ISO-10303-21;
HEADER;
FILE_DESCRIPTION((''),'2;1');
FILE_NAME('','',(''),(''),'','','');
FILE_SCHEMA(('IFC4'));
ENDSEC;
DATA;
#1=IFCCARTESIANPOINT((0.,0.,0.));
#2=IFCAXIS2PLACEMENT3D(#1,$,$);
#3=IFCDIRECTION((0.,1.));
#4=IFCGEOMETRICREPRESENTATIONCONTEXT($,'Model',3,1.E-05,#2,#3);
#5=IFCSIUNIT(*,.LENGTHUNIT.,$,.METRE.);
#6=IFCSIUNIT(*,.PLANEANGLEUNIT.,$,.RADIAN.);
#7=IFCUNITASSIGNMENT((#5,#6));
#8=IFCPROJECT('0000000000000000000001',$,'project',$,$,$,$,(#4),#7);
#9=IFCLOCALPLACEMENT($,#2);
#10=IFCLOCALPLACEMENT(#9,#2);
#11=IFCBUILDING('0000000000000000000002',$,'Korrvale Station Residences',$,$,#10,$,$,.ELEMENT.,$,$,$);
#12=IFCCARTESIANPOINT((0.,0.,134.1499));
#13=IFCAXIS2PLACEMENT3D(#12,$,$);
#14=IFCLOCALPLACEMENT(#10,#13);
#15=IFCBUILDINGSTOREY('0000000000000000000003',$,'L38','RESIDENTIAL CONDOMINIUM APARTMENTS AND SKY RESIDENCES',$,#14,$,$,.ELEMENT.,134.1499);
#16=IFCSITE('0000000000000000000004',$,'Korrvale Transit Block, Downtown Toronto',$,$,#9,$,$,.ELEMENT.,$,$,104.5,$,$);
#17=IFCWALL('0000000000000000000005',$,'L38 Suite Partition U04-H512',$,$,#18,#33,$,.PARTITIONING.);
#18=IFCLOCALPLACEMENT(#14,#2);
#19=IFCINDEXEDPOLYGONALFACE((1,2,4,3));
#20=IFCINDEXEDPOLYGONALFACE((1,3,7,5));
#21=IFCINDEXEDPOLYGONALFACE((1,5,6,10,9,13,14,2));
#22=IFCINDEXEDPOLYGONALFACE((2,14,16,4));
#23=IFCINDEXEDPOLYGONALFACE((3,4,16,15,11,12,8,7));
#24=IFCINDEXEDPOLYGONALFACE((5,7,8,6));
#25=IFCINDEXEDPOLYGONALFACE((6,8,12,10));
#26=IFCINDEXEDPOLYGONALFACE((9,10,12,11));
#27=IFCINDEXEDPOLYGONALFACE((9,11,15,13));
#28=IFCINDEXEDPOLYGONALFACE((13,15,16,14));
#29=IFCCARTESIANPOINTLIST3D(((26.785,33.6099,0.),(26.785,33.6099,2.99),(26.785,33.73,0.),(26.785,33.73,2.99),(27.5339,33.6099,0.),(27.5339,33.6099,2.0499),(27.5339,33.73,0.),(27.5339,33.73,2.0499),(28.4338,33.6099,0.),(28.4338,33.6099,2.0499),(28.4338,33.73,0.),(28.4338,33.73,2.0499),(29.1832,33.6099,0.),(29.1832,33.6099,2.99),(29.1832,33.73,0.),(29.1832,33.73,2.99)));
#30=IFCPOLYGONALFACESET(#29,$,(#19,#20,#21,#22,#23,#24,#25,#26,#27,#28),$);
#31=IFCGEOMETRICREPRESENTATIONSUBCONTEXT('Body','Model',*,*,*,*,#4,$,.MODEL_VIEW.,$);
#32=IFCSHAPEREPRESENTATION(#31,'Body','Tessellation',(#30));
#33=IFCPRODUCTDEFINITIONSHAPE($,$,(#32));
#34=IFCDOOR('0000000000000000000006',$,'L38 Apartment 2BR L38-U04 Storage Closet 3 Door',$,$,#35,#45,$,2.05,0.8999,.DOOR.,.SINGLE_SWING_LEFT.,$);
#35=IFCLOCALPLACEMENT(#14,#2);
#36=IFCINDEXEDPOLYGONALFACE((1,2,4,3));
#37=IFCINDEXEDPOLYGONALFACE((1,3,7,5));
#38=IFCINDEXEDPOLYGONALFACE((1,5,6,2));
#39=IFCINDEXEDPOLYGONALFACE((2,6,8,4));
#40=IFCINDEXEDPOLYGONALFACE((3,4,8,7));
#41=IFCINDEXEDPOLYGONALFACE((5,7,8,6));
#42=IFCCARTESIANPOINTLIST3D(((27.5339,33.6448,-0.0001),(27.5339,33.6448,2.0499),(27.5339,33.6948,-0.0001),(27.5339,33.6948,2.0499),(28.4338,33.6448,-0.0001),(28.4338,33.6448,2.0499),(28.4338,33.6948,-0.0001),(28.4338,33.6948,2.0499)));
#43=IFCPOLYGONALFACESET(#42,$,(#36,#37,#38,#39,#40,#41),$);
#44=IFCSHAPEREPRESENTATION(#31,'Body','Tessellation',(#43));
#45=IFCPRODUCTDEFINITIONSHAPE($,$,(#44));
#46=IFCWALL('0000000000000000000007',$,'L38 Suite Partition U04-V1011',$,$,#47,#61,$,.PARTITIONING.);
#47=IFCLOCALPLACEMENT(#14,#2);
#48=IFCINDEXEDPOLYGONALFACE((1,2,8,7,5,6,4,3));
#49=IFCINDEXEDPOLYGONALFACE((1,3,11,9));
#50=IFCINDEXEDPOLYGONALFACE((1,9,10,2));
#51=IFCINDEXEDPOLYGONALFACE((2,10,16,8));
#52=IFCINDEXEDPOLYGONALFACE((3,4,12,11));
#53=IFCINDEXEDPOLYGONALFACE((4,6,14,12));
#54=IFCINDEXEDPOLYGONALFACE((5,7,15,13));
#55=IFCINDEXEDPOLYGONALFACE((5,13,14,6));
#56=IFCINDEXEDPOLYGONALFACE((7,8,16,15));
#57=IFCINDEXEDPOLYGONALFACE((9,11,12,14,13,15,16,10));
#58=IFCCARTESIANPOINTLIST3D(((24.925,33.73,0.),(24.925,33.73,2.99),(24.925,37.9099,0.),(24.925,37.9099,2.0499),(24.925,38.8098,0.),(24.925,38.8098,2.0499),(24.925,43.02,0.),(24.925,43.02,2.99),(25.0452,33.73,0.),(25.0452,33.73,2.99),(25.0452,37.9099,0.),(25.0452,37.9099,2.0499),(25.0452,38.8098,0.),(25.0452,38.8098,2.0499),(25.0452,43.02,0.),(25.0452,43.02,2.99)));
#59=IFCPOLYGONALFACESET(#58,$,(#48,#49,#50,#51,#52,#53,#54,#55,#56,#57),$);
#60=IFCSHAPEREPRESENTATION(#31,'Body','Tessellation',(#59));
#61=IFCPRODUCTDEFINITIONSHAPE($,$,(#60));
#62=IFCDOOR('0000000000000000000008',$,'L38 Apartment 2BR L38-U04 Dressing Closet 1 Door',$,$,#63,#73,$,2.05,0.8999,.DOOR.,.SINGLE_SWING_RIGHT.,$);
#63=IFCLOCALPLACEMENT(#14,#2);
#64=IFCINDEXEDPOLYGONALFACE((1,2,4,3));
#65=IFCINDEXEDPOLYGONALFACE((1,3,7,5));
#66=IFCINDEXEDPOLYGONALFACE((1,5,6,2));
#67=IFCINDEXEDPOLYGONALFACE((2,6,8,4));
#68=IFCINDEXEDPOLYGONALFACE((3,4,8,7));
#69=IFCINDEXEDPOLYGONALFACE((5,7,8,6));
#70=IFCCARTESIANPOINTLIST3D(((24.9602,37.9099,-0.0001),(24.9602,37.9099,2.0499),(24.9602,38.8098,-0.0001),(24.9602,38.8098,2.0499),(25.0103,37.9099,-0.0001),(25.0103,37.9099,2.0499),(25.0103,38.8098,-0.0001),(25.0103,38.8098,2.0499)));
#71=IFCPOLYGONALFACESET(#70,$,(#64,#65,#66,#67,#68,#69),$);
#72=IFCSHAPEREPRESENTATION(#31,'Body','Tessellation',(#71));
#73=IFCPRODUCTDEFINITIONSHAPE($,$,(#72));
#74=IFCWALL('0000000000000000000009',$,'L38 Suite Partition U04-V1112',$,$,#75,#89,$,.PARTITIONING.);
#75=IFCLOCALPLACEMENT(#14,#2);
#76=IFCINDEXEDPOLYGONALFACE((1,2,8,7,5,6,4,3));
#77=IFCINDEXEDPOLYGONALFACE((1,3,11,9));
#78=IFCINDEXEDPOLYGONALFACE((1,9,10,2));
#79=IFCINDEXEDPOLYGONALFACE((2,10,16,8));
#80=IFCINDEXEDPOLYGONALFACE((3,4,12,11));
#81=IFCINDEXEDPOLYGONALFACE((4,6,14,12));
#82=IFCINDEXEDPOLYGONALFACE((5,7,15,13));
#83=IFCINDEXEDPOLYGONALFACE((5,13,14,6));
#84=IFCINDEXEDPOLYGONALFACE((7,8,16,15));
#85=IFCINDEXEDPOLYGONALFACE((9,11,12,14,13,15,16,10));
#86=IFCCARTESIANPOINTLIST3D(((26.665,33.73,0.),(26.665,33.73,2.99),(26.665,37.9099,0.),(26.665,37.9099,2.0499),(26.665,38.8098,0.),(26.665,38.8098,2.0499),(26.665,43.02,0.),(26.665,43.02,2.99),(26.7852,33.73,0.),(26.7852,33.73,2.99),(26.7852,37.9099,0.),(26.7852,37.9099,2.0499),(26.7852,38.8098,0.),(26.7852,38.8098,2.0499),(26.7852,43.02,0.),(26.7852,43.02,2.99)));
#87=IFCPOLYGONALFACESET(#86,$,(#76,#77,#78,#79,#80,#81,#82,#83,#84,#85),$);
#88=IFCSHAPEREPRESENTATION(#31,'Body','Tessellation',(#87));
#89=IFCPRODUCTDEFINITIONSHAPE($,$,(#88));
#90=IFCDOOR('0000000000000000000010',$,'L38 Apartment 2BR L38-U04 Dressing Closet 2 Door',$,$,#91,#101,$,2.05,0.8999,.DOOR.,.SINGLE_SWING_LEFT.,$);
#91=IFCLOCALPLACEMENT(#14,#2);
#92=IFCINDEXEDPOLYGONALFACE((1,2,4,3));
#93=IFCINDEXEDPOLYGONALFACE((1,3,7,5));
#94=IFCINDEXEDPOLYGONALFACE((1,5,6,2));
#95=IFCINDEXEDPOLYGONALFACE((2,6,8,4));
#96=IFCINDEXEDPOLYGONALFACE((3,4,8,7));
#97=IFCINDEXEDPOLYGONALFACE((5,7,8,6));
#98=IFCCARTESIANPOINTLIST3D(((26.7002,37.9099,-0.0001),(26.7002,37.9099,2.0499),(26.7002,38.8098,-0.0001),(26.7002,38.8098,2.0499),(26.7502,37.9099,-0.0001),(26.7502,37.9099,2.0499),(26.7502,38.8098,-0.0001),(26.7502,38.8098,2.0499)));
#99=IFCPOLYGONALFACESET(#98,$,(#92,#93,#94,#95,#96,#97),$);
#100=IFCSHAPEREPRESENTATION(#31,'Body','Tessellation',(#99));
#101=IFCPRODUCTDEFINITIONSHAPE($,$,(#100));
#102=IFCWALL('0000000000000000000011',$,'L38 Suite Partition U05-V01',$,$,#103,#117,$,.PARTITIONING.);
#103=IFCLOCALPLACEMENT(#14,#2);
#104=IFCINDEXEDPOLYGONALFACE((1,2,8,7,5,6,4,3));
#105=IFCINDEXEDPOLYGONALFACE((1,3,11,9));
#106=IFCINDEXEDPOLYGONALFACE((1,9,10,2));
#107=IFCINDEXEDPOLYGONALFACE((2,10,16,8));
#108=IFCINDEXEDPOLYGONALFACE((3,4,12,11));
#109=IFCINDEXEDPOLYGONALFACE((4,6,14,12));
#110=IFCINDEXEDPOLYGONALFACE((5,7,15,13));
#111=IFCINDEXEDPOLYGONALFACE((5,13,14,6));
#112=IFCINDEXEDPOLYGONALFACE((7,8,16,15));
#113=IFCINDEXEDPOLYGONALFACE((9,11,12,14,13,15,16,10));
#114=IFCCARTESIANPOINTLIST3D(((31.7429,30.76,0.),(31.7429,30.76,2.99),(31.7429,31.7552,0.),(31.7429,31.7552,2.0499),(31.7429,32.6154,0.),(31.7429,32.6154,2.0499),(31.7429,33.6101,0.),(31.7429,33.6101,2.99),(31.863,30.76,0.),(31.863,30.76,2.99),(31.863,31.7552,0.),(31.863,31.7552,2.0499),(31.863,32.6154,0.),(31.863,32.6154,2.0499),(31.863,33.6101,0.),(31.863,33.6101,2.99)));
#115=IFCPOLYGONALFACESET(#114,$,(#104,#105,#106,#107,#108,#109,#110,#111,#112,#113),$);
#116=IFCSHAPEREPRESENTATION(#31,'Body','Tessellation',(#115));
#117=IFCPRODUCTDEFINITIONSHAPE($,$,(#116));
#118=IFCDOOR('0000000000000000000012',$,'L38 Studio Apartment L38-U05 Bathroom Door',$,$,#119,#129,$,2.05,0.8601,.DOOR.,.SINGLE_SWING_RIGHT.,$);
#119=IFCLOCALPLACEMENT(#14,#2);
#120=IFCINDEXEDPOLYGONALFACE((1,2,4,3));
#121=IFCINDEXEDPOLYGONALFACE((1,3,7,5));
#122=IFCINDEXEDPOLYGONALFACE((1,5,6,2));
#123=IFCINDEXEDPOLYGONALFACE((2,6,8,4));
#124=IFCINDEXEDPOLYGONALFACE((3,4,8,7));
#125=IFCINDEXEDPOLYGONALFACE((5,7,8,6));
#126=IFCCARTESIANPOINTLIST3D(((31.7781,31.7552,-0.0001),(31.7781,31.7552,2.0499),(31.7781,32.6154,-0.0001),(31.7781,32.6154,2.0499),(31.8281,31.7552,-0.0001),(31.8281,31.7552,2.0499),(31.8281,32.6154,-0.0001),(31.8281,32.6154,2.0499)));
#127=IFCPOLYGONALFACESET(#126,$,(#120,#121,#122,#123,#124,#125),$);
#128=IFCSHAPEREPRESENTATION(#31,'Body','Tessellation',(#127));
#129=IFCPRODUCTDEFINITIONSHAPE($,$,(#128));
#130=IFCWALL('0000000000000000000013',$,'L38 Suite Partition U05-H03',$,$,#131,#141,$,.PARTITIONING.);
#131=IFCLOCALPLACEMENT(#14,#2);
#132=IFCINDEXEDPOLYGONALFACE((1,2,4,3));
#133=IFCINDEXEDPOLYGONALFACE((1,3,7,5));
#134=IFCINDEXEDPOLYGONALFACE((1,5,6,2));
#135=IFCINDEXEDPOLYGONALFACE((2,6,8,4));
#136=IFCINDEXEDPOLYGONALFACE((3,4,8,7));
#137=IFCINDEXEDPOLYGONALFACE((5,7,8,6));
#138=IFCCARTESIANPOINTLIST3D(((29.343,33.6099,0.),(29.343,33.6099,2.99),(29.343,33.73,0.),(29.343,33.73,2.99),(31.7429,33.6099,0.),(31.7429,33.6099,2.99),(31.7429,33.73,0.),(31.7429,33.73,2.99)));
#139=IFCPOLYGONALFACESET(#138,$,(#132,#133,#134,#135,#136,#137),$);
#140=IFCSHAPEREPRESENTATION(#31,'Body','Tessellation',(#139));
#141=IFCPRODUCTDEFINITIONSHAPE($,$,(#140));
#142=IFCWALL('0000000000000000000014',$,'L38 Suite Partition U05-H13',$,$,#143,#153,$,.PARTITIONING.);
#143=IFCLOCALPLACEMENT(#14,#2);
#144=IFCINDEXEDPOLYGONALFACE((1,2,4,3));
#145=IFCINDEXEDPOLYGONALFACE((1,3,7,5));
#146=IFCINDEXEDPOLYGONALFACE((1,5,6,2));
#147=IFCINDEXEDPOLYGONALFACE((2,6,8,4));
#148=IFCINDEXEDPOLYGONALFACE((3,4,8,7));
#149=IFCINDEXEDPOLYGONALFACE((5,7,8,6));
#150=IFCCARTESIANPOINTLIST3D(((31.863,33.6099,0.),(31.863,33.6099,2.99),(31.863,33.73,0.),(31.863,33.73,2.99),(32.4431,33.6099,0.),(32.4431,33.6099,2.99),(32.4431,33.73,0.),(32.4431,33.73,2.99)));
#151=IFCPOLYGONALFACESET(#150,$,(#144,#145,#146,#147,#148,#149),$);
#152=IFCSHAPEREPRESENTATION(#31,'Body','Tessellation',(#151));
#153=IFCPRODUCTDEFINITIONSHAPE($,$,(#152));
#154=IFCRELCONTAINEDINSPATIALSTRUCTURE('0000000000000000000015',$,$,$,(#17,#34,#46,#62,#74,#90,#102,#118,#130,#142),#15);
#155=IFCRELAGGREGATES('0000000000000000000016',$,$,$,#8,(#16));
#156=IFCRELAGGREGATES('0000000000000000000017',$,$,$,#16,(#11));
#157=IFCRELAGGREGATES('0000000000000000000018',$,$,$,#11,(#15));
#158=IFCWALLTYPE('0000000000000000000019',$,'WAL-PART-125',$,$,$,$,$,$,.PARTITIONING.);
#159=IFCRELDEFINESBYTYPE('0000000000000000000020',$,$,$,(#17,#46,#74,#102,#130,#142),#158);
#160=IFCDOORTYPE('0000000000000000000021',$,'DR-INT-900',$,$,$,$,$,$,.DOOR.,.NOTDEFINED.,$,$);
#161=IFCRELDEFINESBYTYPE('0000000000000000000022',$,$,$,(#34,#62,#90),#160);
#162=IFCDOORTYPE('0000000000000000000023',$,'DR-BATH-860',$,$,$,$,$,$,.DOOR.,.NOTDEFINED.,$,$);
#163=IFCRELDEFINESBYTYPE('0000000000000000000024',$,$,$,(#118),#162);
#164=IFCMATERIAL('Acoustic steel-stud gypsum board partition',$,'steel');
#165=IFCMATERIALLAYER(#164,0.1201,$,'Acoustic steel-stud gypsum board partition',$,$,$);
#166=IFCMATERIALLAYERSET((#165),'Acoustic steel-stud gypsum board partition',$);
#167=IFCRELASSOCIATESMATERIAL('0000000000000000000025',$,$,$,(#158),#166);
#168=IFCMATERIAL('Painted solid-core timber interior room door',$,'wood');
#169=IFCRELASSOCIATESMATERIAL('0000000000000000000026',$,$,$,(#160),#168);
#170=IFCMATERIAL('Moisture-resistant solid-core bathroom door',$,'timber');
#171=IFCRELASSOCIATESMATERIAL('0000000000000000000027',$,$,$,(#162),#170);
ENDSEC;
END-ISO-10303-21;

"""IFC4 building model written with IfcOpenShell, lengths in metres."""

from ifc_helpers import new_model, si_unit, direction, frame, frame_2d, origin, place, context, subcontext, project, spatial, rectangle, extrude, material, layer, layer_set, type_object, element, fill, save


model = new_model("IFC4")

# Units and contexts
model_context = context("Model", 3, precision=1e-05, world=origin(), true_north=direction((0.0, 1.0)))
body_context = subcontext(model_context, "Body", "Model", "MODEL_VIEW")
ifc_project = project(units=[si_unit("LENGTHUNIT", "METRE"), si_unit("PLANEANGLEUNIT", "RADIAN")], contexts=[model_context])

# Site, building, storey
site_placement = place(None, origin())
site = spatial("IfcSite", under=ifc_project, at=site_placement, Name="Korrvale Transit Block, Downtown Toronto", CompositionType="ELEMENT", RefElevation=104.5)
building_placement = place(site_placement, origin())
building = spatial("IfcBuilding", under=site, at=building_placement, Name="Korrvale Station Residences", CompositionType="ELEMENT")
storey_placement = place(building_placement, frame((0.0, 0.0, 134.1499)))
storey = spatial("IfcBuildingStorey", under=building, at=storey_placement, Name="L38", Description="RESIDENTIAL CONDOMINIUM APARTMENTS AND SKY RESIDENCES", CompositionType="ELEMENT", Elevation=134.1499)

# Shared definitions
ifc_material_1 = material(Name="Acoustic steel-stud gypsum board partition", Category="steel")
ifc_layer_1 = layer(ifc_material_1, 0.1201, Name="Acoustic steel-stud gypsum board partition")
ifc_layer_set_1 = layer_set([ifc_layer_1], Name="Acoustic steel-stud gypsum board partition")
wall_type_1 = type_object("IfcWallType", Name="WAL-PART-125", PredefinedType="PARTITIONING", material=ifc_layer_set_1)

# Walls, openings, doors
wall_1_placement = place(storey_placement, frame((26.7849, 33.6699, 0.0), z_axis=(0.0, 0.0, 1.0), x_axis=(1.0, 0.0, 0.0)))
wall_1 = element("IfcWall", 1, at=wall_1_placement, inside=storey, type_object=wall_type_1, Name="L38 Suite Partition U04-H512", PredefinedType="PARTITIONING", context=body_context, shape_type="SweptSolid", body=[
    extrude(rectangle(XDim=2.3982, YDim=0.1201, at=frame_2d((1.1992, 0.0))), origin(), (0.0, 0.0, 1.0), 2.99),
])
opening_1_placement = place(wall_1_placement, frame((0.749, 0.0, 0.0)))
opening_1 = element("IfcOpeningElement", 2, at=opening_1_placement, cuts=wall_1, PredefinedType="OPENING", context=body_context, shape_type="SweptSolid", body=[
    extrude(rectangle(XDim=0.8999, YDim=2.05, at=frame_2d((0.45, 1.0249))), frame((0.0, 0.0701, 0.0), z_axis=(0.0, -1.0, 0.0), x_axis=(1.0, 0.0, 0.0)), (0.0, 0.0, 1.0), 0.1401),
])
ifc_material_2 = material(Name="Painted solid-core timber interior room door", Category="wood")
door_type_1 = type_object("IfcDoorType", Name="DR-INT-900", OperationType="NOTDEFINED", PredefinedType="DOOR", material=ifc_material_2)
door_1_placement = place(opening_1_placement, origin())
door_1 = element("IfcDoor", 3, at=door_1_placement, inside=storey, type_object=door_type_1, Name="L38 Apartment 2BR L38-U04 Storage Closet 3 Door", OperationType="SINGLE_SWING_LEFT", OverallHeight=2.05, OverallWidth=0.8999, PredefinedType="DOOR", context=body_context, shape_type="SweptSolid", body=[
    extrude(rectangle(XDim=0.8999, YDim=2.05, at=frame_2d((0.45, 1.0249))), frame((0.0, 0.0249, 0.0), z_axis=(0.0, -1.0, 0.0), x_axis=(1.0, 0.0, 0.0)), (0.0, 0.0, 1.0), 0.05),
])
fill(opening_1, door_1)
wall_2_placement = place(storey_placement, frame((24.9851, 33.73, 0.0), z_axis=(0.0, 0.0, 1.0), x_axis=(0.0, 1.0, 0.0)))
wall_2 = element("IfcWall", 4, at=wall_2_placement, inside=storey, type_object=wall_type_1, Name="L38 Suite Partition U04-V1011", PredefinedType="PARTITIONING", context=body_context, shape_type="SweptSolid", body=[
    extrude(rectangle(XDim=9.29, YDim=0.1201, at=frame_2d((4.645, 0.0))), origin(), (0.0, 0.0, 1.0), 2.99),
])
opening_2_placement = place(wall_2_placement, frame((4.1799, 0.0, 0.0)))
opening_2 = element("IfcOpeningElement", 5, at=opening_2_placement, cuts=wall_2, PredefinedType="OPENING", context=body_context, shape_type="SweptSolid", body=[
    extrude(rectangle(XDim=0.8999, YDim=2.05, at=frame_2d((0.45, 1.0249))), frame((0.0, 0.0701, 0.0), z_axis=(0.0, -1.0, 0.0), x_axis=(1.0, 0.0, 0.0)), (0.0, 0.0, 1.0), 0.1401),
])
door_2_placement = place(opening_2_placement, origin())
door_2 = element("IfcDoor", 6, at=door_2_placement, inside=storey, type_object=door_type_1, Name="L38 Apartment 2BR L38-U04 Dressing Closet 1 Door", OperationType="SINGLE_SWING_RIGHT", OverallHeight=2.05, OverallWidth=0.8999, PredefinedType="DOOR", context=body_context, shape_type="SweptSolid", body=[
    extrude(rectangle(XDim=0.8999, YDim=2.05, at=frame_2d((0.45, 1.0249))), frame((0.0, 0.0249, 0.0), z_axis=(0.0, -1.0, 0.0), x_axis=(1.0, 0.0, 0.0)), (0.0, 0.0, 1.0), 0.05),
])
fill(opening_2, door_2)
wall_3_placement = place(storey_placement, frame((26.7251, 33.73, 0.0), z_axis=(0.0, 0.0, 1.0), x_axis=(0.0, 1.0, 0.0)))
wall_3 = element("IfcWall", 7, at=wall_3_placement, inside=storey, type_object=wall_type_1, Name="L38 Suite Partition U04-V1112", PredefinedType="PARTITIONING", context=body_context, shape_type="SweptSolid", body=[
    extrude(rectangle(XDim=9.29, YDim=0.1201, at=frame_2d((4.645, 0.0))), origin(), (0.0, 0.0, 1.0), 2.99),
])
opening_3_placement = place(wall_3_placement, frame((4.1799, 0.0, 0.0)))
opening_3 = element("IfcOpeningElement", 8, at=opening_3_placement, cuts=wall_3, PredefinedType="OPENING", context=body_context, shape_type="SweptSolid", body=[
    extrude(rectangle(XDim=0.8999, YDim=2.05, at=frame_2d((0.45, 1.0249))), frame((0.0, 0.0701, 0.0), z_axis=(0.0, -1.0, 0.0), x_axis=(1.0, 0.0, 0.0)), (0.0, 0.0, 1.0), 0.1401),
])
door_3_placement = place(opening_3_placement, origin())
door_3 = element("IfcDoor", 9, at=door_3_placement, inside=storey, type_object=door_type_1, Name="L38 Apartment 2BR L38-U04 Dressing Closet 2 Door", OperationType="SINGLE_SWING_LEFT", OverallHeight=2.05, OverallWidth=0.8999, PredefinedType="DOOR", context=body_context, shape_type="SweptSolid", body=[
    extrude(rectangle(XDim=0.8999, YDim=2.05, at=frame_2d((0.45, 1.0249))), frame((0.0, 0.0249, 0.0), z_axis=(0.0, -1.0, 0.0), x_axis=(1.0, 0.0, 0.0)), (0.0, 0.0, 1.0), 0.05),
])
fill(opening_3, door_3)
wall_4_placement = place(storey_placement, frame((31.803, 30.76, 0.0), z_axis=(0.0, 0.0, 1.0), x_axis=(0.0, 1.0, 0.0)))
wall_4 = element("IfcWall", 10, at=wall_4_placement, inside=storey, type_object=wall_type_1, Name="L38 Suite Partition U05-V01", PredefinedType="PARTITIONING", context=body_context, shape_type="SweptSolid", body=[
    extrude(rectangle(XDim=2.8501, YDim=0.1201, at=frame_2d((1.425, 0.0))), origin(), (0.0, 0.0, 1.0), 2.99),
])
opening_4_placement = place(wall_4_placement, frame((0.9951, 0.0, 0.0)))
opening_4 = element("IfcOpeningElement", 11, at=opening_4_placement, cuts=wall_4, PredefinedType="OPENING", context=body_context, shape_type="SweptSolid", body=[
    extrude(rectangle(XDim=0.8601, YDim=2.05, at=frame_2d((0.4302, 1.0249))), frame((0.0, 0.0701, 0.0), z_axis=(0.0, -1.0, 0.0), x_axis=(1.0, 0.0, 0.0)), (0.0, 0.0, 1.0), 0.1401),
])
ifc_material_3 = material(Name="Moisture-resistant solid-core bathroom door", Category="timber")
door_type_2 = type_object("IfcDoorType", Name="DR-BATH-860", OperationType="NOTDEFINED", PredefinedType="DOOR", material=ifc_material_3)
door_4_placement = place(opening_4_placement, origin())
door_4 = element("IfcDoor", 12, at=door_4_placement, inside=storey, type_object=door_type_2, Name="L38 Studio Apartment L38-U05 Bathroom Door", OperationType="SINGLE_SWING_RIGHT", OverallHeight=2.05, OverallWidth=0.8601, PredefinedType="DOOR", context=body_context, shape_type="SweptSolid", body=[
    extrude(rectangle(XDim=0.8601, YDim=2.05, at=frame_2d((0.4302, 1.0249))), frame((0.0, 0.0249, 0.0), z_axis=(0.0, -1.0, 0.0), x_axis=(1.0, 0.0, 0.0)), (0.0, 0.0, 1.0), 0.05),
])
fill(opening_4, door_4)

# Walls
wall_5_placement = place(storey_placement, frame((29.343, 33.6699, 0.0), z_axis=(0.0, 0.0, 1.0), x_axis=(1.0, 0.0, 0.0)))
element("IfcWall", 13, at=wall_5_placement, inside=storey, type_object=wall_type_1, Name="L38 Suite Partition U05-H03", PredefinedType="PARTITIONING", context=body_context, shape_type="SweptSolid", body=[
    extrude(rectangle(XDim=2.3999, YDim=0.1201, at=frame_2d((1.2, 0.0))), origin(), (0.0, 0.0, 1.0), 2.99),
])
wall_6_placement = place(storey_placement, frame((31.863, 33.6699, 0.0), z_axis=(0.0, 0.0, 1.0), x_axis=(1.0, 0.0, 0.0)))
element("IfcWall", 14, at=wall_6_placement, inside=storey, type_object=wall_type_1, Name="L38 Suite Partition U05-H13", PredefinedType="PARTITIONING", context=body_context, shape_type="SweptSolid", body=[
    extrude(rectangle(XDim=0.5801, YDim=0.1201, at=frame_2d((0.29, 0.0))), origin(), (0.0, 0.0, 1.0), 2.99),
])

save(model, "model.ifc")
